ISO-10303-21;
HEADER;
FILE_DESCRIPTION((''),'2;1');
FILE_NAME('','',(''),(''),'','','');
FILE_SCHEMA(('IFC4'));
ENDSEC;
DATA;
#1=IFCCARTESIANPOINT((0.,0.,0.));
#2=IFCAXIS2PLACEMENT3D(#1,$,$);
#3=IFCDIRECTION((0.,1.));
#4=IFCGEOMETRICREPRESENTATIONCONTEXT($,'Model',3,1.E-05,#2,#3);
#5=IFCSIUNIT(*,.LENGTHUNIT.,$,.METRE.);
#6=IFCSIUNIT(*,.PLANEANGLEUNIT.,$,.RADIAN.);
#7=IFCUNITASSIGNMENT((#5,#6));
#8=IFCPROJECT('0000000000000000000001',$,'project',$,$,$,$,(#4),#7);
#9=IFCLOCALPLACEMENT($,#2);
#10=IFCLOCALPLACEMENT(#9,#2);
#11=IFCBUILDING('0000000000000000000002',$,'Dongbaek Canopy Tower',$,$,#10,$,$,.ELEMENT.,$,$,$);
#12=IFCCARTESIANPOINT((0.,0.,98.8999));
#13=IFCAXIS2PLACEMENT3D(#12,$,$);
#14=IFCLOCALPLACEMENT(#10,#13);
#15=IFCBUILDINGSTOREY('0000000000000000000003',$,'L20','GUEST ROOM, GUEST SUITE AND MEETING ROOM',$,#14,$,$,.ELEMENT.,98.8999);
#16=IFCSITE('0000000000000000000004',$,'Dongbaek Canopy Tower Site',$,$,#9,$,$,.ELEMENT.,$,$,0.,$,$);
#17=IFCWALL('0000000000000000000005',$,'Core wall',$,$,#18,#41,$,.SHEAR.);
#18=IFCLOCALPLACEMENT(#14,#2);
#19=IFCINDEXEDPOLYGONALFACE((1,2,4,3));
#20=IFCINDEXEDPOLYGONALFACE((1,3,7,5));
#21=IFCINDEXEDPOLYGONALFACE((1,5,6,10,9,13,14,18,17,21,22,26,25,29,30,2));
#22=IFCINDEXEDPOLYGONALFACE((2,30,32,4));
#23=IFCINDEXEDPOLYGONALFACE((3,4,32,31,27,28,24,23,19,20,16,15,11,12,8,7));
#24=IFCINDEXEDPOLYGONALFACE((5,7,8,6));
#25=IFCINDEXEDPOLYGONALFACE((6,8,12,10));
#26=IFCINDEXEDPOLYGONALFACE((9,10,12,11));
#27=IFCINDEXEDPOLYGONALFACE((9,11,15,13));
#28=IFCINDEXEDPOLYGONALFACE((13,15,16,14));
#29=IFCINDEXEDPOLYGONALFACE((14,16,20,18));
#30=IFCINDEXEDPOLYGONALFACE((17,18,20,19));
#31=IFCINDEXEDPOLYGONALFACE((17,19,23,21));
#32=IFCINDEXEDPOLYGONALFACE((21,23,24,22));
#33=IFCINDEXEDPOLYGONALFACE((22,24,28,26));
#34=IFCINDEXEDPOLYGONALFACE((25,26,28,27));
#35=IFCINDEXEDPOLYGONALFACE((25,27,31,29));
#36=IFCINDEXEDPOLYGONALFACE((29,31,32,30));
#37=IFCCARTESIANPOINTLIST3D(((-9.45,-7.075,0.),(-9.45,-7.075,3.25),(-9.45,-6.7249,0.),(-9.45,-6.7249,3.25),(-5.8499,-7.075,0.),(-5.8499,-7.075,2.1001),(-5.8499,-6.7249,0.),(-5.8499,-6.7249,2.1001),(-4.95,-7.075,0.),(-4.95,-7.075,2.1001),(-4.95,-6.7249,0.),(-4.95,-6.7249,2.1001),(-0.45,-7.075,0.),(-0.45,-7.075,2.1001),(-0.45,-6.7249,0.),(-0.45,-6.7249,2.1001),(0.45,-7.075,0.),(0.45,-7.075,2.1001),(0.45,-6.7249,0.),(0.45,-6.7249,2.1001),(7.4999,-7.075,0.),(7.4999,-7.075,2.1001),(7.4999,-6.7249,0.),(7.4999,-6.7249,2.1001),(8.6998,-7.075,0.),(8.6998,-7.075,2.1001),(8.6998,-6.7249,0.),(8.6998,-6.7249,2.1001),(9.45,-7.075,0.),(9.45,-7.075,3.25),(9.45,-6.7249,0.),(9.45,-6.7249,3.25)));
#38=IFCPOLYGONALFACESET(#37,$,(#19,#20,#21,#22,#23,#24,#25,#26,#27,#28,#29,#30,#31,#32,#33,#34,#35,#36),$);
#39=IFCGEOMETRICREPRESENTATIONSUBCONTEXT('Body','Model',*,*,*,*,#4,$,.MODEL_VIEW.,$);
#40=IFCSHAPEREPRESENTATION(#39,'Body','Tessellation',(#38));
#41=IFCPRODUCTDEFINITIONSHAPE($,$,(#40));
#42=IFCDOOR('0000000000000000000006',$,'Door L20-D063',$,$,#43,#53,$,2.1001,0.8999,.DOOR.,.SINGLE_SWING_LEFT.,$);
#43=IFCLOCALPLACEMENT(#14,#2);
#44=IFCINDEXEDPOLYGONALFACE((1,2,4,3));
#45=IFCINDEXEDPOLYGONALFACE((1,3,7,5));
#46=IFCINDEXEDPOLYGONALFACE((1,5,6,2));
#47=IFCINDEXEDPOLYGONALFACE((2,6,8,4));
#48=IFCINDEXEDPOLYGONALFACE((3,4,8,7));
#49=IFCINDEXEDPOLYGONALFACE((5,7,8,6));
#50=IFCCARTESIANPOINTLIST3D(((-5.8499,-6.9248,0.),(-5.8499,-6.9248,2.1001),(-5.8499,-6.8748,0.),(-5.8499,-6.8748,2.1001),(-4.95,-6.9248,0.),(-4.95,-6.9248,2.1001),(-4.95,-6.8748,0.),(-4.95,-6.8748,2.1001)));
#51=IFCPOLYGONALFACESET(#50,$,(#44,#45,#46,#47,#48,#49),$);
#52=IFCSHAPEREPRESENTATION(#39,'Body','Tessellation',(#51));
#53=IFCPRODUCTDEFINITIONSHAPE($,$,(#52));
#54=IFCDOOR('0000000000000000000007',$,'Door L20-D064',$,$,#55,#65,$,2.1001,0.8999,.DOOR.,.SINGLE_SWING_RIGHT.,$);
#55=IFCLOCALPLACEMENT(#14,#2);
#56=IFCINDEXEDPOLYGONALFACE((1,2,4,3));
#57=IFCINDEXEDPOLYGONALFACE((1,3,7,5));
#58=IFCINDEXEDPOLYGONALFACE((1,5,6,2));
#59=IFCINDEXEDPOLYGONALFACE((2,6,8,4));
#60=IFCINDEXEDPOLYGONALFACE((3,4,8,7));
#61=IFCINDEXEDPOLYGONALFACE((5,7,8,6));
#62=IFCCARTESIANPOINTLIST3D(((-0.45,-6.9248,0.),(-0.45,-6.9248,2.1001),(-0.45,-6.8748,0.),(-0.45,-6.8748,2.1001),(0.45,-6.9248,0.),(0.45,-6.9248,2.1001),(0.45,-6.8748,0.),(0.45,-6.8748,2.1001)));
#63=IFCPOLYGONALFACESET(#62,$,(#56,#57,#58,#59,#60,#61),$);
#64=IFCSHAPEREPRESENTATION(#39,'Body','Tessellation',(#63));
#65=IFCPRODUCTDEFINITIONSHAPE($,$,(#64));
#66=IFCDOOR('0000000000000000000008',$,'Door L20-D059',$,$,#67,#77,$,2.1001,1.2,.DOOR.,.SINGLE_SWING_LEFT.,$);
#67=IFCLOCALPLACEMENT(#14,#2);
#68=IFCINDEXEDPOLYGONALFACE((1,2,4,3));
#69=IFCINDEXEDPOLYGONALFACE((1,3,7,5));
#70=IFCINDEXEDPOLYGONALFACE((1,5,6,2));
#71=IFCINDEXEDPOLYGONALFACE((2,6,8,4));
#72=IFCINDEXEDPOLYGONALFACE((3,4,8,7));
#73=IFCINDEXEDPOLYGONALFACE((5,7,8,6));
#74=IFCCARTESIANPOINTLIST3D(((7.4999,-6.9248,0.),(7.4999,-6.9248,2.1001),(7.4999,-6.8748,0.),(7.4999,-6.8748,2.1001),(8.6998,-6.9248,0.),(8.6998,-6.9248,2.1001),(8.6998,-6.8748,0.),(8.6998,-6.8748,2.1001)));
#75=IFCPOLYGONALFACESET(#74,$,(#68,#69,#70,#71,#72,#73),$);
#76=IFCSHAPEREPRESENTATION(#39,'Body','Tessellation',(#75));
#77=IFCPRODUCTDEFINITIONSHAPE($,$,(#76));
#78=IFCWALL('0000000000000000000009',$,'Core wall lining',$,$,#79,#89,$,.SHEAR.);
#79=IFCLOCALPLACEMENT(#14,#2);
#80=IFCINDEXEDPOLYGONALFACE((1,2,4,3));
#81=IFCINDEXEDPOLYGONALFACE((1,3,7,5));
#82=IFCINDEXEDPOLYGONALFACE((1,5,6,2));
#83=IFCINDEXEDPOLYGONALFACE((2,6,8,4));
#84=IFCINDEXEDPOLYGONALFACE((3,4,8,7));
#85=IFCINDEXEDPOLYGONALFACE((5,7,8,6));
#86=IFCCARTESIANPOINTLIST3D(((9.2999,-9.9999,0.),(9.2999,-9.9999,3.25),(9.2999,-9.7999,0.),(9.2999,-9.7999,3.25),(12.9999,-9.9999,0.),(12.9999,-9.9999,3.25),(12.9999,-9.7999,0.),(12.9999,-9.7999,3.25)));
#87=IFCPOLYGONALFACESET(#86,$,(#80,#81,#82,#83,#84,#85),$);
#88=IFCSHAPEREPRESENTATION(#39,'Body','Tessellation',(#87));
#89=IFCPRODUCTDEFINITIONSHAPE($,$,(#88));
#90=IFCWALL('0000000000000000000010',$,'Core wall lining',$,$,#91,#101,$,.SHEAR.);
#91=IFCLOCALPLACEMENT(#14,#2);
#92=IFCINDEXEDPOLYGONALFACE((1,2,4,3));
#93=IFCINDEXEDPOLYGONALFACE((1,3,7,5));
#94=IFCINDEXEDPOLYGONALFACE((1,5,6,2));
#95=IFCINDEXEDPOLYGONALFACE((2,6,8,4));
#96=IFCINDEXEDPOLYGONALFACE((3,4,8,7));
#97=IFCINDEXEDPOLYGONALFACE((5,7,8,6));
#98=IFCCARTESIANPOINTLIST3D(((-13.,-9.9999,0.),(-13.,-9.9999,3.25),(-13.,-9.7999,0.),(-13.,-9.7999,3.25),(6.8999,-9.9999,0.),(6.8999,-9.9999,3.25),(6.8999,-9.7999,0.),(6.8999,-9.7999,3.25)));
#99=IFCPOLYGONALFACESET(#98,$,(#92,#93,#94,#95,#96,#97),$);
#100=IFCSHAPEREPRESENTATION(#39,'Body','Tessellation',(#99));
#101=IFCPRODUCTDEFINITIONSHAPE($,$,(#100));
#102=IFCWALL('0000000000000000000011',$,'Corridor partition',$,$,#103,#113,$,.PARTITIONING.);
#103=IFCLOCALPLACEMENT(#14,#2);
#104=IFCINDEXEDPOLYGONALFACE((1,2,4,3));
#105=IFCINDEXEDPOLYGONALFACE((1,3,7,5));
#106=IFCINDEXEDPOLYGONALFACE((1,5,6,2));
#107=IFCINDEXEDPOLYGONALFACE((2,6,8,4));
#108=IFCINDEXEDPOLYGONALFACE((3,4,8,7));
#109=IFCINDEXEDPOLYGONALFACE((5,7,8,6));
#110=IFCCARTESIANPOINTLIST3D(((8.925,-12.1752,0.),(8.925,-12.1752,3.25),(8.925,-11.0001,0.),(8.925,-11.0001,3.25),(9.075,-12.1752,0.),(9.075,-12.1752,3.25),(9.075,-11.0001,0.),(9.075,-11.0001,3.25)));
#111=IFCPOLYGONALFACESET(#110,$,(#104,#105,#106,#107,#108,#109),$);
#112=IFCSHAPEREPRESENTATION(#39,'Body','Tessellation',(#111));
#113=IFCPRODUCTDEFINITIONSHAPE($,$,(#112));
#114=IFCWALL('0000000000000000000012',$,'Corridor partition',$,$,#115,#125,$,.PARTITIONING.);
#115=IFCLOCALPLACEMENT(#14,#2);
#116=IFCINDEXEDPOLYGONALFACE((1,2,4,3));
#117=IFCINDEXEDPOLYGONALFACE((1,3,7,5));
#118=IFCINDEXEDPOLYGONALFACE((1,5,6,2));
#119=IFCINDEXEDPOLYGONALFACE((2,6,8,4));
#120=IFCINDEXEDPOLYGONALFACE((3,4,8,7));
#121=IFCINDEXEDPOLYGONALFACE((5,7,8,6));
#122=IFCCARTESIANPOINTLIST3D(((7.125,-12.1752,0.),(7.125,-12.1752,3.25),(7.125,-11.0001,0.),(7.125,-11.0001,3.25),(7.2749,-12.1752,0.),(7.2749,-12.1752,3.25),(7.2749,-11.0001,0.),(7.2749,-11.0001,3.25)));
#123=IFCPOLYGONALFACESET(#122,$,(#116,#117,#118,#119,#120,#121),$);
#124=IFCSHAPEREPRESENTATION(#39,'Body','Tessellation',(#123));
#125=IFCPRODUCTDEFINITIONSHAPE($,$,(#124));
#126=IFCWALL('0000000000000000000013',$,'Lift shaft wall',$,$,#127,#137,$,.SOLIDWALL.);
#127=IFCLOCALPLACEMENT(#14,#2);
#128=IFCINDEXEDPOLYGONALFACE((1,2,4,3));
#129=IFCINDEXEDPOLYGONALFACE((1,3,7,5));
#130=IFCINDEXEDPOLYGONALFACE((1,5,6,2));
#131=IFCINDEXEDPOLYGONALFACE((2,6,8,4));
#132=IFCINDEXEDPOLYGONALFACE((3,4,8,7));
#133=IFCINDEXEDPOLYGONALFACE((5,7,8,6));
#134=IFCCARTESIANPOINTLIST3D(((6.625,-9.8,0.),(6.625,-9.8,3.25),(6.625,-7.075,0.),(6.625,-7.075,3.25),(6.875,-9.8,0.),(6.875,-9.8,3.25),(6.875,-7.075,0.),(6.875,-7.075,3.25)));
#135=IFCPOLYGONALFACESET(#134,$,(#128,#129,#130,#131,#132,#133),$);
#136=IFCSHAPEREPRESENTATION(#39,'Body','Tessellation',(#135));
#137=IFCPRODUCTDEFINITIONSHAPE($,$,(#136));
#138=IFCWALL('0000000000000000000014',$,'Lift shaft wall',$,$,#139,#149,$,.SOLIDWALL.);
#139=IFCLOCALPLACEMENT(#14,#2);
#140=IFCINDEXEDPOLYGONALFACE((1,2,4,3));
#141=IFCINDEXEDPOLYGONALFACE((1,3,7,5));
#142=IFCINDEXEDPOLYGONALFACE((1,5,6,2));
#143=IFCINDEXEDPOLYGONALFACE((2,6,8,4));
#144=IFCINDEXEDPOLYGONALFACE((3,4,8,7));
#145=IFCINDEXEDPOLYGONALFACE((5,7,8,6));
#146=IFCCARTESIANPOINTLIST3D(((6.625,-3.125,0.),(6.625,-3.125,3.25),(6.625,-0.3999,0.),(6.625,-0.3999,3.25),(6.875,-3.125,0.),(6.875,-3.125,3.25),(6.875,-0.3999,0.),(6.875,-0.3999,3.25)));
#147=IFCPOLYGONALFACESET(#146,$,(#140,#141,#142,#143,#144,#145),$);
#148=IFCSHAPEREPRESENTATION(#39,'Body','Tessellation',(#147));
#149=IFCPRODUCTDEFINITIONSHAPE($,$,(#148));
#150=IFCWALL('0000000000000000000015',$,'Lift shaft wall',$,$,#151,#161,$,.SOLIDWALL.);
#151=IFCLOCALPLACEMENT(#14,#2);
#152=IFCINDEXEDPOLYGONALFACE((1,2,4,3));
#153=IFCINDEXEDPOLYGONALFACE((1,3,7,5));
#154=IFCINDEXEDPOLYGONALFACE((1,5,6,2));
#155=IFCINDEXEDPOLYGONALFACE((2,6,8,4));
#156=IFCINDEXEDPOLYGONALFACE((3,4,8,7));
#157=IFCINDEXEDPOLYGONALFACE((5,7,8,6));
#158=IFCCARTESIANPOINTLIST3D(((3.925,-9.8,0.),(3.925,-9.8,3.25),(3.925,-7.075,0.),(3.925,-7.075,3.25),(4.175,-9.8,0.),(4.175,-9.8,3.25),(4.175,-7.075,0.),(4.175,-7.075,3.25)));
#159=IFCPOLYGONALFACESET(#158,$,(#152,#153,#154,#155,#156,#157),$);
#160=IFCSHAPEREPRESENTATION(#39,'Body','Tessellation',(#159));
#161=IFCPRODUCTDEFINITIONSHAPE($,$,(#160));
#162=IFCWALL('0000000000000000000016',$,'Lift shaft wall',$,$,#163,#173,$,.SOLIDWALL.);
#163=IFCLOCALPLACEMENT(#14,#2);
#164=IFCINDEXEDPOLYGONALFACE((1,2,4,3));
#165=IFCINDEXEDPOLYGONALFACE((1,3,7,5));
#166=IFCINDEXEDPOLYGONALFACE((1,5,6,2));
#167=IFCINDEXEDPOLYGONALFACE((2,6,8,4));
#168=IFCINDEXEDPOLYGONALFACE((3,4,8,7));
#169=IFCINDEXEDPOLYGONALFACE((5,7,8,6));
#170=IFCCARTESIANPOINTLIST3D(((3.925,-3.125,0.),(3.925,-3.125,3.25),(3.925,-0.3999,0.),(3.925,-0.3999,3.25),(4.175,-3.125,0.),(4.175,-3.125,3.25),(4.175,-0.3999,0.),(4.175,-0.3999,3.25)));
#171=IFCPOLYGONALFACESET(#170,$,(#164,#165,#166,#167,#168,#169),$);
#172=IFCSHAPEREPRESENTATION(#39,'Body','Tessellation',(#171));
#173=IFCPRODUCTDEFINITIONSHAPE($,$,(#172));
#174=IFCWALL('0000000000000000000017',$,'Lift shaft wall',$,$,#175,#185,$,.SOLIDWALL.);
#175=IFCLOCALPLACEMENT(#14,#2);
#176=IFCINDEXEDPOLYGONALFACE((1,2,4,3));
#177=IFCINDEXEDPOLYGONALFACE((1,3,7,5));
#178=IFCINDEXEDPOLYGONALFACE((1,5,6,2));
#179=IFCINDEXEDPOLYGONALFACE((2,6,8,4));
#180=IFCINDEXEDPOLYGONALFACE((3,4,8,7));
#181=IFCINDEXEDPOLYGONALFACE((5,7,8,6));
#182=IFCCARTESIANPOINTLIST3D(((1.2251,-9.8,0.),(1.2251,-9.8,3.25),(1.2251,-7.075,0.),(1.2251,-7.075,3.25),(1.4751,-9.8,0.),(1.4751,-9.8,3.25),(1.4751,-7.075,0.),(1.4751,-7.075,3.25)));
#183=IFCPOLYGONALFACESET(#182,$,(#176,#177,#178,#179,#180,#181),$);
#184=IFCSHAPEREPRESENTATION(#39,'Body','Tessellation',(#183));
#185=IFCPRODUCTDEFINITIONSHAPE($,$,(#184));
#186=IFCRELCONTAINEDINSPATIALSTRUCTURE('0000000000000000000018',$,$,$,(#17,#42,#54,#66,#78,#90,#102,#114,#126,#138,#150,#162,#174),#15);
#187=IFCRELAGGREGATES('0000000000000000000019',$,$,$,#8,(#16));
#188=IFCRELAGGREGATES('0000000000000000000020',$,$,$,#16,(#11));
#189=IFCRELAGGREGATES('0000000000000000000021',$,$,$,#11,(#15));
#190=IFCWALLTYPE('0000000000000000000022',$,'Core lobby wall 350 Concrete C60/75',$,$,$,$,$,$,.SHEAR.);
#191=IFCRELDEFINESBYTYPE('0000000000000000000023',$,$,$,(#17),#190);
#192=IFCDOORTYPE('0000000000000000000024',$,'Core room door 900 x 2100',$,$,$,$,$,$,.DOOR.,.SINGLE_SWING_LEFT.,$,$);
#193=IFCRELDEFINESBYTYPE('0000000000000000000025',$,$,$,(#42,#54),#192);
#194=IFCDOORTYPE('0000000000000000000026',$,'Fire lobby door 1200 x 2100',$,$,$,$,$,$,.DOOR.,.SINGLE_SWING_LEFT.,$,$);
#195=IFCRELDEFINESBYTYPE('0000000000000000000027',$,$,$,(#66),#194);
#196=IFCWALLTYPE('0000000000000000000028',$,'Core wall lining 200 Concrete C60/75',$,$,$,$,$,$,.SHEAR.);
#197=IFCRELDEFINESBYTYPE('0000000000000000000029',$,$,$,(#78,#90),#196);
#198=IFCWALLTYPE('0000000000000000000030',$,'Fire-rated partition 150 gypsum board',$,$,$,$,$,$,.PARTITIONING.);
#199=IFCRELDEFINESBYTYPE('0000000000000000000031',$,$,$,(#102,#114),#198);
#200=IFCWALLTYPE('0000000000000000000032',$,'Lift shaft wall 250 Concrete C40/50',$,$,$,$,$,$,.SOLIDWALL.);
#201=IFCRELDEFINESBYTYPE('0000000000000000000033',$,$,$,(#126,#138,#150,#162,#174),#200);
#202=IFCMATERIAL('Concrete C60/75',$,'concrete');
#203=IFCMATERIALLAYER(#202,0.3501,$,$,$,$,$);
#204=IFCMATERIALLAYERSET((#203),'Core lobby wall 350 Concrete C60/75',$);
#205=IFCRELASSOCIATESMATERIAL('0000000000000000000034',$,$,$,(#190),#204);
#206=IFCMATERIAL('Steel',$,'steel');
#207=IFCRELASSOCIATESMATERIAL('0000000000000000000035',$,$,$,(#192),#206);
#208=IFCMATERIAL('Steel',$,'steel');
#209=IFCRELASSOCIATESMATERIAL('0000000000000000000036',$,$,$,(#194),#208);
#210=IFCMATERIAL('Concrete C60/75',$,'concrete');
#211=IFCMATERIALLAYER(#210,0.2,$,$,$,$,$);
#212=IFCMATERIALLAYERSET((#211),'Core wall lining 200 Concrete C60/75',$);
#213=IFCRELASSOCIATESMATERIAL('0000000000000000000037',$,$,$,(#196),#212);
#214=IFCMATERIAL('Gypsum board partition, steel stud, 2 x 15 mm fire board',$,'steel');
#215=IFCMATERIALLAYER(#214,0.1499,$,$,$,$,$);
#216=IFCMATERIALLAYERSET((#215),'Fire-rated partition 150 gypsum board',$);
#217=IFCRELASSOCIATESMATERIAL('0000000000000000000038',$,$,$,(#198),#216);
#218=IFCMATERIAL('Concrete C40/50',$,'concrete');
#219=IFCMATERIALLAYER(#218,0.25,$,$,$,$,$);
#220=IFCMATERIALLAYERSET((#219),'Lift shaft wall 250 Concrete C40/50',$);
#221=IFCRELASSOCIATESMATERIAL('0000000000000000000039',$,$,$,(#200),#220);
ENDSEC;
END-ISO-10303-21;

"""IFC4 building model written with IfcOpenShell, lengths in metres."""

from ifc_helpers import new_model, si_unit, direction, frame, frame_2d, origin, place, context, subcontext, project, spatial, rectangle, extrude, material, layer, layer_set, type_object, element, fill, save


model = new_model("IFC4")

# Units and contexts
model_context = context("Model", 3, precision=1e-05, world=origin(), true_north=direction((0.0, 1.0)))
body_context = subcontext(model_context, "Body", "Model", "MODEL_VIEW")
ifc_project = project(units=[si_unit("LENGTHUNIT", "METRE"), si_unit("PLANEANGLEUNIT", "RADIAN")], contexts=[model_context])

# Site, building, storey
site_placement = place(None, origin())
site = spatial("IfcSite", under=ifc_project, at=site_placement, Name="Dongbaek Canopy Tower Site", CompositionType="ELEMENT", RefElevation=0.0)
building_placement = place(site_placement, origin())
building = spatial("IfcBuilding", under=site, at=building_placement, Name="Dongbaek Canopy Tower", CompositionType="ELEMENT")
storey_placement = place(building_placement, frame((0.0, 0.0, 98.8999)))
storey = spatial("IfcBuildingStorey", under=building, at=storey_placement, Name="L20", Description="GUEST ROOM, GUEST SUITE AND MEETING ROOM", CompositionType="ELEMENT", Elevation=98.8999)

# Wall, openings, doors
ifc_material_1 = material(Name="Concrete C60/75", Category="concrete")
ifc_layer_1 = layer(ifc_material_1, 0.3501)
ifc_layer_set_1 = layer_set([ifc_layer_1], Name="Core lobby wall 350 Concrete C60/75")
wall_type_1 = type_object("IfcWallType", Name="Core lobby wall 350 Concrete C60/75", PredefinedType="SHEAR", material=ifc_layer_set_1)
wall_1_placement = place(storey_placement, frame((9.45, -6.8999, 0.0), z_axis=(0.0, 0.0, 1.0), x_axis=(-1.0, 0.0, 0.0)))
wall_1 = element("IfcWall", 1, at=wall_1_placement, inside=storey, type_object=wall_type_1, Name="Core wall", PredefinedType="SHEAR", context=body_context, shape_type="SweptSolid", body=[
    extrude(rectangle(XDim=18.8999, YDim=0.3501, at=frame_2d((9.45, 0.0))), origin(), (0.0, 0.0, 1.0), 3.25),
])
opening_1_placement = place(wall_1_placement, frame((0.75, 0.0, 0.0)))
opening_1 = element("IfcOpeningElement", 2, at=opening_1_placement, cuts=wall_1, PredefinedType="OPENING", context=body_context, shape_type="SweptSolid", body=[
    extrude(rectangle(XDim=1.2, YDim=2.1001, at=frame_2d((0.6001, 1.05))), frame((0.0, 0.1851, 0.0), z_axis=(0.0, -1.0, 0.0), x_axis=(1.0, 0.0, 0.0)), (0.0, 0.0, 1.0), 0.3701),
])
opening_2_placement = place(wall_1_placement, frame((14.3999, 0.0, 0.0)))
opening_2 = element("IfcOpeningElement", 3, at=opening_2_placement, cuts=wall_1, PredefinedType="OPENING", context=body_context, shape_type="SweptSolid", body=[
    extrude(rectangle(XDim=0.8999, YDim=2.1001, at=frame_2d((0.45, 1.05))), frame((0.0, 0.1851, 0.0), z_axis=(0.0, -1.0, 0.0), x_axis=(1.0, 0.0, 0.0)), (0.0, 0.0, 1.0), 0.3701),
])
opening_3_placement = place(wall_1_placement, frame((9.0, 0.0, 0.0)))
opening_3 = element("IfcOpeningElement", 4, at=opening_3_placement, cuts=wall_1, PredefinedType="OPENING", context=body_context, shape_type="SweptSolid", body=[
    extrude(rectangle(XDim=0.8999, YDim=2.1001, at=frame_2d((0.45, 1.05))), frame((0.0, 0.1851, 0.0), z_axis=(0.0, -1.0, 0.0), x_axis=(1.0, 0.0, 0.0)), (0.0, 0.0, 1.0), 0.3701),
])
ifc_material_2 = material(Name="Steel", Category="steel")
door_type_1 = type_object("IfcDoorType", Name="Core room door 900 x 2100", OperationType="SINGLE_SWING_LEFT", PredefinedType="DOOR", material=ifc_material_2)
door_1_placement = place(opening_2_placement, origin())
door_1 = element("IfcDoor", 5, at=door_1_placement, inside=storey, type_object=door_type_1, Name="Door L20-D063", OperationType="SINGLE_SWING_LEFT", OverallHeight=2.1001, OverallWidth=0.8999, PredefinedType="DOOR", context=body_context, shape_type="SweptSolid", body=[
    extrude(rectangle(XDim=0.8999, YDim=2.1001, at=frame_2d((0.45, 1.05))), frame((0.0, 0.0249, 0.0), z_axis=(0.0, -1.0, 0.0), x_axis=(1.0, 0.0, 0.0)), (0.0, 0.0, 1.0), 0.05),
])
fill(opening_2, door_1)
door_2_placement = place(opening_3_placement, origin())
door_2 = element("IfcDoor", 6, at=door_2_placement, inside=storey, type_object=door_type_1, Name="Door L20-D064", OperationType="SINGLE_SWING_RIGHT", OverallHeight=2.1001, OverallWidth=0.8999, PredefinedType="DOOR", context=body_context, shape_type="SweptSolid", body=[
    extrude(rectangle(XDim=0.8999, YDim=2.1001, at=frame_2d((0.45, 1.05))), frame((0.0, 0.0249, 0.0), z_axis=(0.0, -1.0, 0.0), x_axis=(1.0, 0.0, 0.0)), (0.0, 0.0, 1.0), 0.05),
])
fill(opening_3, door_2)
ifc_material_3 = material(Name="Steel", Category="steel")
door_type_2 = type_object("IfcDoorType", Name="Fire lobby door 1200 x 2100", OperationType="SINGLE_SWING_LEFT", PredefinedType="DOOR", material=ifc_material_3)
door_3_placement = place(opening_1_placement, origin())
door_3 = element("IfcDoor", 7, at=door_3_placement, inside=storey, type_object=door_type_2, Name="Door L20-D059", OperationType="SINGLE_SWING_LEFT", OverallHeight=2.1001, OverallWidth=1.2, PredefinedType="DOOR", context=body_context, shape_type="SweptSolid", body=[
    extrude(rectangle(XDim=1.2, YDim=2.1001, at=frame_2d((0.6001, 1.05))), frame((0.0, 0.0249, 0.0), z_axis=(0.0, -1.0, 0.0), x_axis=(1.0, 0.0, 0.0)), (0.0, 0.0, 1.0), 0.05),
])
fill(opening_1, door_3)

# Walls
ifc_material_4 = material(Name="Concrete C60/75", Category="concrete")
ifc_layer_2 = layer(ifc_material_4, 0.2)
ifc_layer_set_2 = layer_set([ifc_layer_2], Name="Core wall lining 200 Concrete C60/75")
wall_type_2 = type_object("IfcWallType", Name="Core wall lining 200 Concrete C60/75", PredefinedType="SHEAR", material=ifc_layer_set_2)
wall_2_placement = place(storey_placement, frame((13.0, -9.8999, 0.0), z_axis=(0.0, 0.0, 1.0), x_axis=(-1.0, 0.0, 0.0)))
element("IfcWall", 8, at=wall_2_placement, inside=storey, type_object=wall_type_2, Name="Core wall lining", PredefinedType="SHEAR", context=body_context, shape_type="SweptSolid", body=[
    extrude(rectangle(XDim=3.7, YDim=0.2, at=frame_2d((1.8501, 0.0))), origin(), (0.0, 0.0, 1.0), 3.25),
])
wall_3_placement = place(storey_placement, frame((6.8999, -9.8999, 0.0), z_axis=(0.0, 0.0, 1.0), x_axis=(-1.0, 0.0, 0.0)))
element("IfcWall", 9, at=wall_3_placement, inside=storey, type_object=wall_type_2, Name="Core wall lining", PredefinedType="SHEAR", context=body_context, shape_type="SweptSolid", body=[
    extrude(rectangle(XDim=19.8999, YDim=0.2, at=frame_2d((9.95, 0.0))), origin(), (0.0, 0.0, 1.0), 3.25),
])
ifc_material_5 = material(Name="Gypsum board partition, steel stud, 2 x 15 mm fire board", Category="steel")
ifc_layer_3 = layer(ifc_material_5, 0.1499)
ifc_layer_set_3 = layer_set([ifc_layer_3], Name="Fire-rated partition 150 gypsum board")
wall_type_3 = type_object("IfcWallType", Name="Fire-rated partition 150 gypsum board", PredefinedType="PARTITIONING", material=ifc_layer_set_3)
for number, where, z_axis, x_axis, name in (
    (10, (9.0, -12.175, 0.0), (0.0, 0.0, 1.0), (0.0, 1.0, 0.0), "Corridor partition"),
    (11, (7.2, -12.175, 0.0), (0.0, 0.0, 1.0), (0.0, 1.0, 0.0), "Corridor partition"),
):
    element("IfcWall", number, at=place(storey_placement, frame(where, z_axis=z_axis, x_axis=x_axis)), inside=storey, type_object=wall_type_3, Name=name, PredefinedType="PARTITIONING", context=body_context, shape_type="SweptSolid", body=[
        extrude(rectangle(XDim=1.175, YDim=0.1499, at=frame_2d((0.5874, 0.0))), origin(), (0.0, 0.0, 1.0), 3.25),
    ])
ifc_material_6 = material(Name="Concrete C40/50", Category="concrete")
ifc_layer_4 = layer(ifc_material_6, 0.25)
ifc_layer_set_4 = layer_set([ifc_layer_4], Name="Lift shaft wall 250 Concrete C40/50")
wall_type_4 = type_object("IfcWallType", Name="Lift shaft wall 250 Concrete C40/50", PredefinedType="SOLIDWALL", material=ifc_layer_set_4)
for number, where, z_axis, x_axis, name in (
    (12, (6.75, -9.8, 0.0), (0.0, 0.0, 1.0), (0.0, 1.0, 0.0), "Lift shaft wall"),
    (13, (6.75, -3.125, 0.0), (0.0, 0.0, 1.0), (0.0, 1.0, 0.0), "Lift shaft wall"),
    (14, (4.05, -9.8, 0.0), (0.0, 0.0, 1.0), (0.0, 1.0, 0.0), "Lift shaft wall"),
    (15, (4.05, -3.125, 0.0), (0.0, 0.0, 1.0), (0.0, 1.0, 0.0), "Lift shaft wall"),
    (16, (1.3501, -9.8, 0.0), (0.0, 0.0, 1.0), (0.0, 1.0, 0.0), "Lift shaft wall"),
):
    element("IfcWall", number, at=place(storey_placement, frame(where, z_axis=z_axis, x_axis=x_axis)), inside=storey, type_object=wall_type_4, Name=name, PredefinedType="SOLIDWALL", context=body_context, shape_type="SweptSolid", body=[
        extrude(rectangle(XDim=2.7251, YDim=0.25, at=frame_2d((1.3625, 0.0))), origin(), (0.0, 0.0, 1.0), 3.25),
    ])

save(model, "model.ifc")
